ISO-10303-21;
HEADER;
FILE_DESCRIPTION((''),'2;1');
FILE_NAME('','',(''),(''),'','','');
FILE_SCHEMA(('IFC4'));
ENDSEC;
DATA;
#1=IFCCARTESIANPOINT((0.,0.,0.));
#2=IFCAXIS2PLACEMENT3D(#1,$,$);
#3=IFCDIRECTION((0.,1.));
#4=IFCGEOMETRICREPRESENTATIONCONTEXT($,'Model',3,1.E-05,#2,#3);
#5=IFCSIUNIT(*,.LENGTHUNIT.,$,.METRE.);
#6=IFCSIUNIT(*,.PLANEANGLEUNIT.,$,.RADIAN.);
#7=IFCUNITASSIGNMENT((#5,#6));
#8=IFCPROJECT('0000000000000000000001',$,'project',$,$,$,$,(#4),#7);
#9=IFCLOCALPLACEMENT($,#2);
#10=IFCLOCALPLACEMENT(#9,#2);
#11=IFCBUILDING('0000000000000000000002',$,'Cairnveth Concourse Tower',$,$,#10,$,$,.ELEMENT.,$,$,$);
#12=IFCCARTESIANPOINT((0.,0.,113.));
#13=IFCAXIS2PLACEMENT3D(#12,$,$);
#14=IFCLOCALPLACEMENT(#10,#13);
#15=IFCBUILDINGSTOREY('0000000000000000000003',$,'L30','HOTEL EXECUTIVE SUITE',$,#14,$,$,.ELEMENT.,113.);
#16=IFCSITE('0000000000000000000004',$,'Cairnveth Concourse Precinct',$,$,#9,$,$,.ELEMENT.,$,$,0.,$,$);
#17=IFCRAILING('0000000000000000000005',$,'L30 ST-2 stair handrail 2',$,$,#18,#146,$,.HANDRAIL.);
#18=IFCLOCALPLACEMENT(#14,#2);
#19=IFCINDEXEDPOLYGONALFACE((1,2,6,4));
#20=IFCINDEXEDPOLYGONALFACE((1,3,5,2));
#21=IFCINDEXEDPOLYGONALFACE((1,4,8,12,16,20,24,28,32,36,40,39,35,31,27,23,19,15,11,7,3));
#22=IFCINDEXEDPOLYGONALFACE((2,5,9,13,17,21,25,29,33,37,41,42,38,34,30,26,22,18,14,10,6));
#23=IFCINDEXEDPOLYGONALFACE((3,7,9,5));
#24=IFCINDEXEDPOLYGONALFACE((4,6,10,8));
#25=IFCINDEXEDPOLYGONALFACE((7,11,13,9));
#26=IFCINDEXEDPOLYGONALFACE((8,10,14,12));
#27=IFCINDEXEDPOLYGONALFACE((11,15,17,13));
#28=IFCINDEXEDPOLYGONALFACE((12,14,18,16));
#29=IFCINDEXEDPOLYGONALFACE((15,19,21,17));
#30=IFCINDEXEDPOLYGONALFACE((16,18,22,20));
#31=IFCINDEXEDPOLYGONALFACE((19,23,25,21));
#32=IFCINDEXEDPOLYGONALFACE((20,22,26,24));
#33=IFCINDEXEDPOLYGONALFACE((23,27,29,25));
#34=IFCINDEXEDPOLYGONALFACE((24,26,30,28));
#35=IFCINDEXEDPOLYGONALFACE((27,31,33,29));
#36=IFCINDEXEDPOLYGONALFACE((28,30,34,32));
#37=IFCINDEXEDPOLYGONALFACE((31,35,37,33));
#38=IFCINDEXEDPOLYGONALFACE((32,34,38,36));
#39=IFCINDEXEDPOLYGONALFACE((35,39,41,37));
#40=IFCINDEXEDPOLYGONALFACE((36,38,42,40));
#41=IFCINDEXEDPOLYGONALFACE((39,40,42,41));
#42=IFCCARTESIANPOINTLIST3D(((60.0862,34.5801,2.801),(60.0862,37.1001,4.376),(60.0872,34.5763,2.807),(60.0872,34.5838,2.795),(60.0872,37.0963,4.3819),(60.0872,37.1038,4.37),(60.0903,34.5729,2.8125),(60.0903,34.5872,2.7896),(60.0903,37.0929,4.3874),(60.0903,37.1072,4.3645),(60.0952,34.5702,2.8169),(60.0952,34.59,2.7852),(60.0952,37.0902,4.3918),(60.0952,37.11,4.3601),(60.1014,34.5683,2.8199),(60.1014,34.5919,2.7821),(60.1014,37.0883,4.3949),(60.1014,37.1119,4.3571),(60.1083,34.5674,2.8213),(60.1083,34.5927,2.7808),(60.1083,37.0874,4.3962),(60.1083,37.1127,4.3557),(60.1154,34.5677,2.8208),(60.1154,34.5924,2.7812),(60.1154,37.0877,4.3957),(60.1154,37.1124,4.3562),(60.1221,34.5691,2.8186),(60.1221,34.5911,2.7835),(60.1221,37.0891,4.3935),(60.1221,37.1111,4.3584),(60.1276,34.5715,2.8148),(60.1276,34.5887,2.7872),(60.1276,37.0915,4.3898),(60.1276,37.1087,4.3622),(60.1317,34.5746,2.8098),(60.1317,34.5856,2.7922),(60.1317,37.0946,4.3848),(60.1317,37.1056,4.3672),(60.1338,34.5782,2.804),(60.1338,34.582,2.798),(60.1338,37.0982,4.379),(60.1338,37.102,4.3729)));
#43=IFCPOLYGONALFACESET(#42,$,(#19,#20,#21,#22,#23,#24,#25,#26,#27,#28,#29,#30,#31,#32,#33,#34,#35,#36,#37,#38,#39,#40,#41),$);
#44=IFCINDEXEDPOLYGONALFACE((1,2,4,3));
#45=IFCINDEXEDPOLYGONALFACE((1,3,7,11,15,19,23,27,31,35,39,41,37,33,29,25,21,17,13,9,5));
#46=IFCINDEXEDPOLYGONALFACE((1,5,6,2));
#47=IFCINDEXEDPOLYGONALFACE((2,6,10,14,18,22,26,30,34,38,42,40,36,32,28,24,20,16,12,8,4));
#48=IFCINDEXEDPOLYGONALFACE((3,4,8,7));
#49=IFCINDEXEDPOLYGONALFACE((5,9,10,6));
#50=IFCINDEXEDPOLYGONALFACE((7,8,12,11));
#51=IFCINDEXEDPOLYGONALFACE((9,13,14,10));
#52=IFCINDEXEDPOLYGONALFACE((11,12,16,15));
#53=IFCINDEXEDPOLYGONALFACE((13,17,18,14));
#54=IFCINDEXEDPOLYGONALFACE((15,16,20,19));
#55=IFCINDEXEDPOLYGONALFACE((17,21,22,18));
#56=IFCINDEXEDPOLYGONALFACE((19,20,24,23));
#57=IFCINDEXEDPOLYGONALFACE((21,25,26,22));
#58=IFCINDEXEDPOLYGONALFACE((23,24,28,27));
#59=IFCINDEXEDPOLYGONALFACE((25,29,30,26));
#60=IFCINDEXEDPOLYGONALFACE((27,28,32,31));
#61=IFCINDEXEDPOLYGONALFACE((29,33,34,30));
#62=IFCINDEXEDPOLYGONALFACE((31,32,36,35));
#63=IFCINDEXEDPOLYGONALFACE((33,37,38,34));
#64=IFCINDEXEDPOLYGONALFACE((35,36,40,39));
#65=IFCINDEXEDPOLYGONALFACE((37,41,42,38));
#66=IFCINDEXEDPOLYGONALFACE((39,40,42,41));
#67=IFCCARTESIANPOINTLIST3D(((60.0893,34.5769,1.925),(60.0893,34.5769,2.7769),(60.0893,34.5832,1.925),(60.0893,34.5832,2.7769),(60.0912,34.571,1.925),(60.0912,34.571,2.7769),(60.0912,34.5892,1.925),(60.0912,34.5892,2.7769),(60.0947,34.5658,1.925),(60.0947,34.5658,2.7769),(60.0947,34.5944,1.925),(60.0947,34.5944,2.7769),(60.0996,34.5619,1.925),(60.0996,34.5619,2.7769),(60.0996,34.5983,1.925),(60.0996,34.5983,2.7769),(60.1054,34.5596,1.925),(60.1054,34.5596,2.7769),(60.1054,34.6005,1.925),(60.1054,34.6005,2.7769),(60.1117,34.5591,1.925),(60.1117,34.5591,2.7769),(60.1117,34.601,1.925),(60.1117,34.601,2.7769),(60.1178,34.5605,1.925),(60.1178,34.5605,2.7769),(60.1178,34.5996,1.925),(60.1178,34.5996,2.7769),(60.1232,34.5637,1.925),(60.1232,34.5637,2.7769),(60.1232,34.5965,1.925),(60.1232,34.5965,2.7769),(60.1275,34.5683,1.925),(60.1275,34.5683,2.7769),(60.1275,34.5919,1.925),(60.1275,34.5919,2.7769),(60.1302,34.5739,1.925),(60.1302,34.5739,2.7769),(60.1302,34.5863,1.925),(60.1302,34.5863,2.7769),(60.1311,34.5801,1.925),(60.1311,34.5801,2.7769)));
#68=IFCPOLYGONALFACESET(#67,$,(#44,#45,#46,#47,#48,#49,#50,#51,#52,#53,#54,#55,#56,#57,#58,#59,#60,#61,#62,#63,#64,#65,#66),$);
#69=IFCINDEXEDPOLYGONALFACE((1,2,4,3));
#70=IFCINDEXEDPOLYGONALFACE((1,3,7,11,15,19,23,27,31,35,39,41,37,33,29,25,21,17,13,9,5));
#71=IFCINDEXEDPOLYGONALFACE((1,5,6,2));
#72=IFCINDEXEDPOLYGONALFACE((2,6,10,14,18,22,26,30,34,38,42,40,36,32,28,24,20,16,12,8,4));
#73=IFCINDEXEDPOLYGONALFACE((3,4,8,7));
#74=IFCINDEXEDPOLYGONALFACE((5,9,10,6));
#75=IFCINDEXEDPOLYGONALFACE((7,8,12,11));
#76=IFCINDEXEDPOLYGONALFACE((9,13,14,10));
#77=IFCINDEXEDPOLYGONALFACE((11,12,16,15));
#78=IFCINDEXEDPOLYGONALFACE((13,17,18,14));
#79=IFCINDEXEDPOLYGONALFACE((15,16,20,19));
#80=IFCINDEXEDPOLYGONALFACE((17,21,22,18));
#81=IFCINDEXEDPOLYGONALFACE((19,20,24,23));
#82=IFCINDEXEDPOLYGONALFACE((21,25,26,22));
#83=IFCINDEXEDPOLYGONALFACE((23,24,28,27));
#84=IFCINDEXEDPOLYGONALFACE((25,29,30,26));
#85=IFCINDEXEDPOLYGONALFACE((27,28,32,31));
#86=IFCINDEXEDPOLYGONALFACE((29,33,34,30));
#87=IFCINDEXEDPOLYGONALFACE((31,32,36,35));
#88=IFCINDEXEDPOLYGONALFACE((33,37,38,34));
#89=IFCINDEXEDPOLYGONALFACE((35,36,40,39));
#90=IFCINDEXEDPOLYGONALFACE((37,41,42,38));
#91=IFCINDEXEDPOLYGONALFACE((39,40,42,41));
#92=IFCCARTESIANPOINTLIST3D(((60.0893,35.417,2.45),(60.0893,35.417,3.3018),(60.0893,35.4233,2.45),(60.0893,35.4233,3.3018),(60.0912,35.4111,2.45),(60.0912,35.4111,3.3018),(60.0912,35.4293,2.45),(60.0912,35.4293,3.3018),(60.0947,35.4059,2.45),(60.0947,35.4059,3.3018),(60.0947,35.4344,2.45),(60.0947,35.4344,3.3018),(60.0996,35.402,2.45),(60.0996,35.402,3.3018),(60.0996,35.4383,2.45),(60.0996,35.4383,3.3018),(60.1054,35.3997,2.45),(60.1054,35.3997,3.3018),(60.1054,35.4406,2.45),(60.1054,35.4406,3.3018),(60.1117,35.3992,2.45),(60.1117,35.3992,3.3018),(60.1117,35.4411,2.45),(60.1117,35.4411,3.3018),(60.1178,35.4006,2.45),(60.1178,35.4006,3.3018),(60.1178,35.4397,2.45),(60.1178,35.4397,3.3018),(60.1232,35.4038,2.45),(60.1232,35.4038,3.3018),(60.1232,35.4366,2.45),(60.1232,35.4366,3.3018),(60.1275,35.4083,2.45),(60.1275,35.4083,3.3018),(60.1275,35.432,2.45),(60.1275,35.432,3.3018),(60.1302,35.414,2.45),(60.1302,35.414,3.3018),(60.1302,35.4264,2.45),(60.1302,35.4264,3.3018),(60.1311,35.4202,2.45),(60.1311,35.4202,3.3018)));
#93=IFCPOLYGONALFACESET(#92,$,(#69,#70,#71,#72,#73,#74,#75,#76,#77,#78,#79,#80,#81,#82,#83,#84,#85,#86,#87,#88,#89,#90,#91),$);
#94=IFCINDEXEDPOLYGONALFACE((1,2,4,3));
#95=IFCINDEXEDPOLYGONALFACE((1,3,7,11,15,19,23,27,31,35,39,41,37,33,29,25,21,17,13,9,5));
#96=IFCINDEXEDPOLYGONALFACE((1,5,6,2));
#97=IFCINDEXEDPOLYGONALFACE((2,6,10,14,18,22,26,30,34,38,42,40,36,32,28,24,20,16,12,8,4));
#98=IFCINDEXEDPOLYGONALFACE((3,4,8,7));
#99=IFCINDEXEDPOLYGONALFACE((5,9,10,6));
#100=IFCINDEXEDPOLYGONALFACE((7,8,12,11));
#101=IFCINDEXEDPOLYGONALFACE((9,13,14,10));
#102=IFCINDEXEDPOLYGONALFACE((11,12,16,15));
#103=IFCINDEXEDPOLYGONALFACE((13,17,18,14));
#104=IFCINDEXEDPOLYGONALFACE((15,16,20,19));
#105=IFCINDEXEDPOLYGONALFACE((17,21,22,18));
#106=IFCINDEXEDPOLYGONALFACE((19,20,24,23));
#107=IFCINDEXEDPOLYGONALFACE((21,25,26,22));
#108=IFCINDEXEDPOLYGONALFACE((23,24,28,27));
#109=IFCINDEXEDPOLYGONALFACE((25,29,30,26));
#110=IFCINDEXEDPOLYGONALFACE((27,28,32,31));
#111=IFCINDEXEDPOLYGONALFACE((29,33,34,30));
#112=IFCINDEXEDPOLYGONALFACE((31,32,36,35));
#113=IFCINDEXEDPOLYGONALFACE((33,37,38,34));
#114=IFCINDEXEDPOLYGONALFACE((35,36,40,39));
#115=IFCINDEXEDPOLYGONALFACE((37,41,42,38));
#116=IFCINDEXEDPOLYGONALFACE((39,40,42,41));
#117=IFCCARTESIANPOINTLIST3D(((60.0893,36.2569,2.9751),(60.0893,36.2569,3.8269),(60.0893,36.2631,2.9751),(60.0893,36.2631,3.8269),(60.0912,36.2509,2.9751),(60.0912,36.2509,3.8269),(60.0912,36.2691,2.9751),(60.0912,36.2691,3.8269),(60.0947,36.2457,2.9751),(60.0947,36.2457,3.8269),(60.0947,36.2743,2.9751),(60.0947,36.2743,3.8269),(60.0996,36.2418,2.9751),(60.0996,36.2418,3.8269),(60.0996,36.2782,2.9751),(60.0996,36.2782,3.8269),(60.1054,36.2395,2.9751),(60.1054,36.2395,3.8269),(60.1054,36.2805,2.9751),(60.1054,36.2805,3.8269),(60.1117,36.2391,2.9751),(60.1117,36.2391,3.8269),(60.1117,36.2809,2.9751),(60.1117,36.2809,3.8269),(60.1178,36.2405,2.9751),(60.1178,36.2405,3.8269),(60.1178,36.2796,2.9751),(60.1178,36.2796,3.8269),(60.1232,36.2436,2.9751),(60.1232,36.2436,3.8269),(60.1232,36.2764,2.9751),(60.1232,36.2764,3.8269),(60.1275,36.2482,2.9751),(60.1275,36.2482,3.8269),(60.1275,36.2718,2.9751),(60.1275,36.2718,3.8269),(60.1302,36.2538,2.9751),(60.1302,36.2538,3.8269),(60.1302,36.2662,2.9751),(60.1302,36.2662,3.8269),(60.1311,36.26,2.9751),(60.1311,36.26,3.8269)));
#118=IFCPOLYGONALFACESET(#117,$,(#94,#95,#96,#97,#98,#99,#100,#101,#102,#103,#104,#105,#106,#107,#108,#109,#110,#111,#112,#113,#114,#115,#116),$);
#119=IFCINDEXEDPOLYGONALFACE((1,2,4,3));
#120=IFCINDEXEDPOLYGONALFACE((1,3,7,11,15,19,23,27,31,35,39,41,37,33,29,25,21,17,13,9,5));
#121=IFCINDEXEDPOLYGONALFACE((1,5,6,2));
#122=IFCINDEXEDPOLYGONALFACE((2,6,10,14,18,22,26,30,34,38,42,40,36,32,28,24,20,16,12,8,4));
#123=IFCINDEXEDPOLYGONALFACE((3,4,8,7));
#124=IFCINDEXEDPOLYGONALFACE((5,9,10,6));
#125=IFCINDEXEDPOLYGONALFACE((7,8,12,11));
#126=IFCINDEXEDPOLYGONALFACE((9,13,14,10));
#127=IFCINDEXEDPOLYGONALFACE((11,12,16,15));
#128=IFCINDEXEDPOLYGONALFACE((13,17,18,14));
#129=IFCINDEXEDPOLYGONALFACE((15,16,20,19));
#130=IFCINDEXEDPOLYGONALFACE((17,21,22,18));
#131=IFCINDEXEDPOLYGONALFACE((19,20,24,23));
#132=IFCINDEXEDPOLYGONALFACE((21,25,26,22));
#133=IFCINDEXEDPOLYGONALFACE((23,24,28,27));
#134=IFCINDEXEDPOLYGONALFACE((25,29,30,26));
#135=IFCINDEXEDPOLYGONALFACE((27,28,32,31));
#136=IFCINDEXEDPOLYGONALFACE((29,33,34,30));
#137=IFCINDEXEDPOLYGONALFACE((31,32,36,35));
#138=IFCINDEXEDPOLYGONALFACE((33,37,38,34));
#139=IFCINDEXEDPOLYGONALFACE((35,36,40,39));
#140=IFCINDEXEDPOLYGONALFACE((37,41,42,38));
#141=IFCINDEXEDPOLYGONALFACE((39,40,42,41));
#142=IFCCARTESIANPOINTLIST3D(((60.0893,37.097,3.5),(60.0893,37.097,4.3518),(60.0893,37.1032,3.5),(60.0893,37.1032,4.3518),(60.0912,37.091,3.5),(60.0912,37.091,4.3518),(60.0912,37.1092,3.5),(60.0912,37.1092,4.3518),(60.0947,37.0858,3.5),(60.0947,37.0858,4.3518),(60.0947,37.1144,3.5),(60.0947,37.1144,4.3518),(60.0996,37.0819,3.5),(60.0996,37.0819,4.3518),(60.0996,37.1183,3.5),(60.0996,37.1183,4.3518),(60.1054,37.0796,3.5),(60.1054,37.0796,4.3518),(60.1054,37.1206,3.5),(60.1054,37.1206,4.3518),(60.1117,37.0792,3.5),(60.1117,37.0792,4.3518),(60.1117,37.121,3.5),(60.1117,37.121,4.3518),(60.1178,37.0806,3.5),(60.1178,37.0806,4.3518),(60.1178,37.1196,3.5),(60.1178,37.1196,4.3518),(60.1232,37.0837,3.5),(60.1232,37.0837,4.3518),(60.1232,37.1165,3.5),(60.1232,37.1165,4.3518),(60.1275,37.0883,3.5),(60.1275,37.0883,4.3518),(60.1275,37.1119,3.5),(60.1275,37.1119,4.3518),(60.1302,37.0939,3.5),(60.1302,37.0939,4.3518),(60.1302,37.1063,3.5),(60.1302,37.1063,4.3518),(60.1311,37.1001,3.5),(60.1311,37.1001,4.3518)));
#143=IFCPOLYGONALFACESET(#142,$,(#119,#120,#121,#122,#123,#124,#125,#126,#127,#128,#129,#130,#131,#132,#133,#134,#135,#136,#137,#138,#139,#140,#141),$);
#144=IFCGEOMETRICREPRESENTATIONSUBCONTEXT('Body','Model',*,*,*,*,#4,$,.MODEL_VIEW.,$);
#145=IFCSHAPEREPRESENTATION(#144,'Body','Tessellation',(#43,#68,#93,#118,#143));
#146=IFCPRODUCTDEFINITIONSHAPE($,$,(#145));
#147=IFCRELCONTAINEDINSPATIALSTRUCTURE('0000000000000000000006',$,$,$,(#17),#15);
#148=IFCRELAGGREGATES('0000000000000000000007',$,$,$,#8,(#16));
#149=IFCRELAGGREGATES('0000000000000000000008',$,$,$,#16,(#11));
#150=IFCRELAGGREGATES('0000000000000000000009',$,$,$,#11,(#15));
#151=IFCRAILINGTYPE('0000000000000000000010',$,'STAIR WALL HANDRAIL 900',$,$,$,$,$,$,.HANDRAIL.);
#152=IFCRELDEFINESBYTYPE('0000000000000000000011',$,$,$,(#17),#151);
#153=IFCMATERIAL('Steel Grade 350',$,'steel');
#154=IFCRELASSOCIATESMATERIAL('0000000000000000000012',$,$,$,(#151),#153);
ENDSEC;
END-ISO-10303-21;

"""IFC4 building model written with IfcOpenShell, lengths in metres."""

from ifc_helpers import new_model, si_unit, direction, frame, origin, origin_2d, place, context, subcontext, project, spatial, circle, extrude, material, type_object, element, save


model = new_model("IFC4")

# Units and contexts
model_context = context("Model", 3, precision=1e-05, world=origin(), true_north=direction((0.0, 1.0)))
body_context = subcontext(model_context, "Body", "Model", "MODEL_VIEW")
ifc_project = project(units=[si_unit("LENGTHUNIT", "METRE"), si_unit("PLANEANGLEUNIT", "RADIAN")], contexts=[model_context])

# Site, building, storey
site_placement = place(None, origin())
site = spatial("IfcSite", under=ifc_project, at=site_placement, Name="Cairnveth Concourse Precinct", CompositionType="ELEMENT", RefElevation=0.0)
building_placement = place(site_placement, origin())
building = spatial("IfcBuilding", under=site, at=building_placement, Name="Cairnveth Concourse Tower", CompositionType="ELEMENT")
storey_placement = place(building_placement, frame((0.0, 0.0, 113.0)))
storey = spatial("IfcBuildingStorey", under=building, at=storey_placement, Name="L30", Description="HOTEL EXECUTIVE SUITE", CompositionType="ELEMENT", Elevation=113.0)

# Shared definitions
ifc_material_1 = material(Name="Steel Grade 350", Category="steel")

# Railing
railing_type_1 = type_object("IfcRailingType", Name="STAIR WALL HANDRAIL 900", PredefinedType="HANDRAIL", material=ifc_material_1)
railing_1_placement = place(storey_placement, frame((60.1101, 34.5801, 1.925)))
element("IfcRailing", 1, at=railing_1_placement, inside=storey, type_object=railing_type_1, Name="L30 ST-2 stair handrail 2", PredefinedType="HANDRAIL", context=body_context, shape_type="SweptSolid", body=[
    extrude(circle(Radius=0.0239, at=origin_2d()), frame((0.0, 0.0, 0.876), z_axis=(0.0, 0.848008, 0.529984), x_axis=(-1.0, 0.0, 0.0)), (0.0, 0.0, 1.0), 2.9717),
    extrude(circle(Radius=0.021, at=origin_2d()), origin(), (0.0, 0.0, 1.0), 0.8518),
    extrude(circle(Radius=0.021, at=origin_2d()), frame((0.0, 0.8401, 0.5249)), (0.0, 0.0, 1.0), 0.8518),
    extrude(circle(Radius=0.021, at=origin_2d()), frame((0.0, 1.6799, 1.05)), (0.0, 0.0, 1.0), 0.8518),
    extrude(circle(Radius=0.021, at=origin_2d()), frame((0.0, 2.52, 1.575)), (0.0, 0.0, 1.0), 0.8518),
])

save(model, "model.ifc")
